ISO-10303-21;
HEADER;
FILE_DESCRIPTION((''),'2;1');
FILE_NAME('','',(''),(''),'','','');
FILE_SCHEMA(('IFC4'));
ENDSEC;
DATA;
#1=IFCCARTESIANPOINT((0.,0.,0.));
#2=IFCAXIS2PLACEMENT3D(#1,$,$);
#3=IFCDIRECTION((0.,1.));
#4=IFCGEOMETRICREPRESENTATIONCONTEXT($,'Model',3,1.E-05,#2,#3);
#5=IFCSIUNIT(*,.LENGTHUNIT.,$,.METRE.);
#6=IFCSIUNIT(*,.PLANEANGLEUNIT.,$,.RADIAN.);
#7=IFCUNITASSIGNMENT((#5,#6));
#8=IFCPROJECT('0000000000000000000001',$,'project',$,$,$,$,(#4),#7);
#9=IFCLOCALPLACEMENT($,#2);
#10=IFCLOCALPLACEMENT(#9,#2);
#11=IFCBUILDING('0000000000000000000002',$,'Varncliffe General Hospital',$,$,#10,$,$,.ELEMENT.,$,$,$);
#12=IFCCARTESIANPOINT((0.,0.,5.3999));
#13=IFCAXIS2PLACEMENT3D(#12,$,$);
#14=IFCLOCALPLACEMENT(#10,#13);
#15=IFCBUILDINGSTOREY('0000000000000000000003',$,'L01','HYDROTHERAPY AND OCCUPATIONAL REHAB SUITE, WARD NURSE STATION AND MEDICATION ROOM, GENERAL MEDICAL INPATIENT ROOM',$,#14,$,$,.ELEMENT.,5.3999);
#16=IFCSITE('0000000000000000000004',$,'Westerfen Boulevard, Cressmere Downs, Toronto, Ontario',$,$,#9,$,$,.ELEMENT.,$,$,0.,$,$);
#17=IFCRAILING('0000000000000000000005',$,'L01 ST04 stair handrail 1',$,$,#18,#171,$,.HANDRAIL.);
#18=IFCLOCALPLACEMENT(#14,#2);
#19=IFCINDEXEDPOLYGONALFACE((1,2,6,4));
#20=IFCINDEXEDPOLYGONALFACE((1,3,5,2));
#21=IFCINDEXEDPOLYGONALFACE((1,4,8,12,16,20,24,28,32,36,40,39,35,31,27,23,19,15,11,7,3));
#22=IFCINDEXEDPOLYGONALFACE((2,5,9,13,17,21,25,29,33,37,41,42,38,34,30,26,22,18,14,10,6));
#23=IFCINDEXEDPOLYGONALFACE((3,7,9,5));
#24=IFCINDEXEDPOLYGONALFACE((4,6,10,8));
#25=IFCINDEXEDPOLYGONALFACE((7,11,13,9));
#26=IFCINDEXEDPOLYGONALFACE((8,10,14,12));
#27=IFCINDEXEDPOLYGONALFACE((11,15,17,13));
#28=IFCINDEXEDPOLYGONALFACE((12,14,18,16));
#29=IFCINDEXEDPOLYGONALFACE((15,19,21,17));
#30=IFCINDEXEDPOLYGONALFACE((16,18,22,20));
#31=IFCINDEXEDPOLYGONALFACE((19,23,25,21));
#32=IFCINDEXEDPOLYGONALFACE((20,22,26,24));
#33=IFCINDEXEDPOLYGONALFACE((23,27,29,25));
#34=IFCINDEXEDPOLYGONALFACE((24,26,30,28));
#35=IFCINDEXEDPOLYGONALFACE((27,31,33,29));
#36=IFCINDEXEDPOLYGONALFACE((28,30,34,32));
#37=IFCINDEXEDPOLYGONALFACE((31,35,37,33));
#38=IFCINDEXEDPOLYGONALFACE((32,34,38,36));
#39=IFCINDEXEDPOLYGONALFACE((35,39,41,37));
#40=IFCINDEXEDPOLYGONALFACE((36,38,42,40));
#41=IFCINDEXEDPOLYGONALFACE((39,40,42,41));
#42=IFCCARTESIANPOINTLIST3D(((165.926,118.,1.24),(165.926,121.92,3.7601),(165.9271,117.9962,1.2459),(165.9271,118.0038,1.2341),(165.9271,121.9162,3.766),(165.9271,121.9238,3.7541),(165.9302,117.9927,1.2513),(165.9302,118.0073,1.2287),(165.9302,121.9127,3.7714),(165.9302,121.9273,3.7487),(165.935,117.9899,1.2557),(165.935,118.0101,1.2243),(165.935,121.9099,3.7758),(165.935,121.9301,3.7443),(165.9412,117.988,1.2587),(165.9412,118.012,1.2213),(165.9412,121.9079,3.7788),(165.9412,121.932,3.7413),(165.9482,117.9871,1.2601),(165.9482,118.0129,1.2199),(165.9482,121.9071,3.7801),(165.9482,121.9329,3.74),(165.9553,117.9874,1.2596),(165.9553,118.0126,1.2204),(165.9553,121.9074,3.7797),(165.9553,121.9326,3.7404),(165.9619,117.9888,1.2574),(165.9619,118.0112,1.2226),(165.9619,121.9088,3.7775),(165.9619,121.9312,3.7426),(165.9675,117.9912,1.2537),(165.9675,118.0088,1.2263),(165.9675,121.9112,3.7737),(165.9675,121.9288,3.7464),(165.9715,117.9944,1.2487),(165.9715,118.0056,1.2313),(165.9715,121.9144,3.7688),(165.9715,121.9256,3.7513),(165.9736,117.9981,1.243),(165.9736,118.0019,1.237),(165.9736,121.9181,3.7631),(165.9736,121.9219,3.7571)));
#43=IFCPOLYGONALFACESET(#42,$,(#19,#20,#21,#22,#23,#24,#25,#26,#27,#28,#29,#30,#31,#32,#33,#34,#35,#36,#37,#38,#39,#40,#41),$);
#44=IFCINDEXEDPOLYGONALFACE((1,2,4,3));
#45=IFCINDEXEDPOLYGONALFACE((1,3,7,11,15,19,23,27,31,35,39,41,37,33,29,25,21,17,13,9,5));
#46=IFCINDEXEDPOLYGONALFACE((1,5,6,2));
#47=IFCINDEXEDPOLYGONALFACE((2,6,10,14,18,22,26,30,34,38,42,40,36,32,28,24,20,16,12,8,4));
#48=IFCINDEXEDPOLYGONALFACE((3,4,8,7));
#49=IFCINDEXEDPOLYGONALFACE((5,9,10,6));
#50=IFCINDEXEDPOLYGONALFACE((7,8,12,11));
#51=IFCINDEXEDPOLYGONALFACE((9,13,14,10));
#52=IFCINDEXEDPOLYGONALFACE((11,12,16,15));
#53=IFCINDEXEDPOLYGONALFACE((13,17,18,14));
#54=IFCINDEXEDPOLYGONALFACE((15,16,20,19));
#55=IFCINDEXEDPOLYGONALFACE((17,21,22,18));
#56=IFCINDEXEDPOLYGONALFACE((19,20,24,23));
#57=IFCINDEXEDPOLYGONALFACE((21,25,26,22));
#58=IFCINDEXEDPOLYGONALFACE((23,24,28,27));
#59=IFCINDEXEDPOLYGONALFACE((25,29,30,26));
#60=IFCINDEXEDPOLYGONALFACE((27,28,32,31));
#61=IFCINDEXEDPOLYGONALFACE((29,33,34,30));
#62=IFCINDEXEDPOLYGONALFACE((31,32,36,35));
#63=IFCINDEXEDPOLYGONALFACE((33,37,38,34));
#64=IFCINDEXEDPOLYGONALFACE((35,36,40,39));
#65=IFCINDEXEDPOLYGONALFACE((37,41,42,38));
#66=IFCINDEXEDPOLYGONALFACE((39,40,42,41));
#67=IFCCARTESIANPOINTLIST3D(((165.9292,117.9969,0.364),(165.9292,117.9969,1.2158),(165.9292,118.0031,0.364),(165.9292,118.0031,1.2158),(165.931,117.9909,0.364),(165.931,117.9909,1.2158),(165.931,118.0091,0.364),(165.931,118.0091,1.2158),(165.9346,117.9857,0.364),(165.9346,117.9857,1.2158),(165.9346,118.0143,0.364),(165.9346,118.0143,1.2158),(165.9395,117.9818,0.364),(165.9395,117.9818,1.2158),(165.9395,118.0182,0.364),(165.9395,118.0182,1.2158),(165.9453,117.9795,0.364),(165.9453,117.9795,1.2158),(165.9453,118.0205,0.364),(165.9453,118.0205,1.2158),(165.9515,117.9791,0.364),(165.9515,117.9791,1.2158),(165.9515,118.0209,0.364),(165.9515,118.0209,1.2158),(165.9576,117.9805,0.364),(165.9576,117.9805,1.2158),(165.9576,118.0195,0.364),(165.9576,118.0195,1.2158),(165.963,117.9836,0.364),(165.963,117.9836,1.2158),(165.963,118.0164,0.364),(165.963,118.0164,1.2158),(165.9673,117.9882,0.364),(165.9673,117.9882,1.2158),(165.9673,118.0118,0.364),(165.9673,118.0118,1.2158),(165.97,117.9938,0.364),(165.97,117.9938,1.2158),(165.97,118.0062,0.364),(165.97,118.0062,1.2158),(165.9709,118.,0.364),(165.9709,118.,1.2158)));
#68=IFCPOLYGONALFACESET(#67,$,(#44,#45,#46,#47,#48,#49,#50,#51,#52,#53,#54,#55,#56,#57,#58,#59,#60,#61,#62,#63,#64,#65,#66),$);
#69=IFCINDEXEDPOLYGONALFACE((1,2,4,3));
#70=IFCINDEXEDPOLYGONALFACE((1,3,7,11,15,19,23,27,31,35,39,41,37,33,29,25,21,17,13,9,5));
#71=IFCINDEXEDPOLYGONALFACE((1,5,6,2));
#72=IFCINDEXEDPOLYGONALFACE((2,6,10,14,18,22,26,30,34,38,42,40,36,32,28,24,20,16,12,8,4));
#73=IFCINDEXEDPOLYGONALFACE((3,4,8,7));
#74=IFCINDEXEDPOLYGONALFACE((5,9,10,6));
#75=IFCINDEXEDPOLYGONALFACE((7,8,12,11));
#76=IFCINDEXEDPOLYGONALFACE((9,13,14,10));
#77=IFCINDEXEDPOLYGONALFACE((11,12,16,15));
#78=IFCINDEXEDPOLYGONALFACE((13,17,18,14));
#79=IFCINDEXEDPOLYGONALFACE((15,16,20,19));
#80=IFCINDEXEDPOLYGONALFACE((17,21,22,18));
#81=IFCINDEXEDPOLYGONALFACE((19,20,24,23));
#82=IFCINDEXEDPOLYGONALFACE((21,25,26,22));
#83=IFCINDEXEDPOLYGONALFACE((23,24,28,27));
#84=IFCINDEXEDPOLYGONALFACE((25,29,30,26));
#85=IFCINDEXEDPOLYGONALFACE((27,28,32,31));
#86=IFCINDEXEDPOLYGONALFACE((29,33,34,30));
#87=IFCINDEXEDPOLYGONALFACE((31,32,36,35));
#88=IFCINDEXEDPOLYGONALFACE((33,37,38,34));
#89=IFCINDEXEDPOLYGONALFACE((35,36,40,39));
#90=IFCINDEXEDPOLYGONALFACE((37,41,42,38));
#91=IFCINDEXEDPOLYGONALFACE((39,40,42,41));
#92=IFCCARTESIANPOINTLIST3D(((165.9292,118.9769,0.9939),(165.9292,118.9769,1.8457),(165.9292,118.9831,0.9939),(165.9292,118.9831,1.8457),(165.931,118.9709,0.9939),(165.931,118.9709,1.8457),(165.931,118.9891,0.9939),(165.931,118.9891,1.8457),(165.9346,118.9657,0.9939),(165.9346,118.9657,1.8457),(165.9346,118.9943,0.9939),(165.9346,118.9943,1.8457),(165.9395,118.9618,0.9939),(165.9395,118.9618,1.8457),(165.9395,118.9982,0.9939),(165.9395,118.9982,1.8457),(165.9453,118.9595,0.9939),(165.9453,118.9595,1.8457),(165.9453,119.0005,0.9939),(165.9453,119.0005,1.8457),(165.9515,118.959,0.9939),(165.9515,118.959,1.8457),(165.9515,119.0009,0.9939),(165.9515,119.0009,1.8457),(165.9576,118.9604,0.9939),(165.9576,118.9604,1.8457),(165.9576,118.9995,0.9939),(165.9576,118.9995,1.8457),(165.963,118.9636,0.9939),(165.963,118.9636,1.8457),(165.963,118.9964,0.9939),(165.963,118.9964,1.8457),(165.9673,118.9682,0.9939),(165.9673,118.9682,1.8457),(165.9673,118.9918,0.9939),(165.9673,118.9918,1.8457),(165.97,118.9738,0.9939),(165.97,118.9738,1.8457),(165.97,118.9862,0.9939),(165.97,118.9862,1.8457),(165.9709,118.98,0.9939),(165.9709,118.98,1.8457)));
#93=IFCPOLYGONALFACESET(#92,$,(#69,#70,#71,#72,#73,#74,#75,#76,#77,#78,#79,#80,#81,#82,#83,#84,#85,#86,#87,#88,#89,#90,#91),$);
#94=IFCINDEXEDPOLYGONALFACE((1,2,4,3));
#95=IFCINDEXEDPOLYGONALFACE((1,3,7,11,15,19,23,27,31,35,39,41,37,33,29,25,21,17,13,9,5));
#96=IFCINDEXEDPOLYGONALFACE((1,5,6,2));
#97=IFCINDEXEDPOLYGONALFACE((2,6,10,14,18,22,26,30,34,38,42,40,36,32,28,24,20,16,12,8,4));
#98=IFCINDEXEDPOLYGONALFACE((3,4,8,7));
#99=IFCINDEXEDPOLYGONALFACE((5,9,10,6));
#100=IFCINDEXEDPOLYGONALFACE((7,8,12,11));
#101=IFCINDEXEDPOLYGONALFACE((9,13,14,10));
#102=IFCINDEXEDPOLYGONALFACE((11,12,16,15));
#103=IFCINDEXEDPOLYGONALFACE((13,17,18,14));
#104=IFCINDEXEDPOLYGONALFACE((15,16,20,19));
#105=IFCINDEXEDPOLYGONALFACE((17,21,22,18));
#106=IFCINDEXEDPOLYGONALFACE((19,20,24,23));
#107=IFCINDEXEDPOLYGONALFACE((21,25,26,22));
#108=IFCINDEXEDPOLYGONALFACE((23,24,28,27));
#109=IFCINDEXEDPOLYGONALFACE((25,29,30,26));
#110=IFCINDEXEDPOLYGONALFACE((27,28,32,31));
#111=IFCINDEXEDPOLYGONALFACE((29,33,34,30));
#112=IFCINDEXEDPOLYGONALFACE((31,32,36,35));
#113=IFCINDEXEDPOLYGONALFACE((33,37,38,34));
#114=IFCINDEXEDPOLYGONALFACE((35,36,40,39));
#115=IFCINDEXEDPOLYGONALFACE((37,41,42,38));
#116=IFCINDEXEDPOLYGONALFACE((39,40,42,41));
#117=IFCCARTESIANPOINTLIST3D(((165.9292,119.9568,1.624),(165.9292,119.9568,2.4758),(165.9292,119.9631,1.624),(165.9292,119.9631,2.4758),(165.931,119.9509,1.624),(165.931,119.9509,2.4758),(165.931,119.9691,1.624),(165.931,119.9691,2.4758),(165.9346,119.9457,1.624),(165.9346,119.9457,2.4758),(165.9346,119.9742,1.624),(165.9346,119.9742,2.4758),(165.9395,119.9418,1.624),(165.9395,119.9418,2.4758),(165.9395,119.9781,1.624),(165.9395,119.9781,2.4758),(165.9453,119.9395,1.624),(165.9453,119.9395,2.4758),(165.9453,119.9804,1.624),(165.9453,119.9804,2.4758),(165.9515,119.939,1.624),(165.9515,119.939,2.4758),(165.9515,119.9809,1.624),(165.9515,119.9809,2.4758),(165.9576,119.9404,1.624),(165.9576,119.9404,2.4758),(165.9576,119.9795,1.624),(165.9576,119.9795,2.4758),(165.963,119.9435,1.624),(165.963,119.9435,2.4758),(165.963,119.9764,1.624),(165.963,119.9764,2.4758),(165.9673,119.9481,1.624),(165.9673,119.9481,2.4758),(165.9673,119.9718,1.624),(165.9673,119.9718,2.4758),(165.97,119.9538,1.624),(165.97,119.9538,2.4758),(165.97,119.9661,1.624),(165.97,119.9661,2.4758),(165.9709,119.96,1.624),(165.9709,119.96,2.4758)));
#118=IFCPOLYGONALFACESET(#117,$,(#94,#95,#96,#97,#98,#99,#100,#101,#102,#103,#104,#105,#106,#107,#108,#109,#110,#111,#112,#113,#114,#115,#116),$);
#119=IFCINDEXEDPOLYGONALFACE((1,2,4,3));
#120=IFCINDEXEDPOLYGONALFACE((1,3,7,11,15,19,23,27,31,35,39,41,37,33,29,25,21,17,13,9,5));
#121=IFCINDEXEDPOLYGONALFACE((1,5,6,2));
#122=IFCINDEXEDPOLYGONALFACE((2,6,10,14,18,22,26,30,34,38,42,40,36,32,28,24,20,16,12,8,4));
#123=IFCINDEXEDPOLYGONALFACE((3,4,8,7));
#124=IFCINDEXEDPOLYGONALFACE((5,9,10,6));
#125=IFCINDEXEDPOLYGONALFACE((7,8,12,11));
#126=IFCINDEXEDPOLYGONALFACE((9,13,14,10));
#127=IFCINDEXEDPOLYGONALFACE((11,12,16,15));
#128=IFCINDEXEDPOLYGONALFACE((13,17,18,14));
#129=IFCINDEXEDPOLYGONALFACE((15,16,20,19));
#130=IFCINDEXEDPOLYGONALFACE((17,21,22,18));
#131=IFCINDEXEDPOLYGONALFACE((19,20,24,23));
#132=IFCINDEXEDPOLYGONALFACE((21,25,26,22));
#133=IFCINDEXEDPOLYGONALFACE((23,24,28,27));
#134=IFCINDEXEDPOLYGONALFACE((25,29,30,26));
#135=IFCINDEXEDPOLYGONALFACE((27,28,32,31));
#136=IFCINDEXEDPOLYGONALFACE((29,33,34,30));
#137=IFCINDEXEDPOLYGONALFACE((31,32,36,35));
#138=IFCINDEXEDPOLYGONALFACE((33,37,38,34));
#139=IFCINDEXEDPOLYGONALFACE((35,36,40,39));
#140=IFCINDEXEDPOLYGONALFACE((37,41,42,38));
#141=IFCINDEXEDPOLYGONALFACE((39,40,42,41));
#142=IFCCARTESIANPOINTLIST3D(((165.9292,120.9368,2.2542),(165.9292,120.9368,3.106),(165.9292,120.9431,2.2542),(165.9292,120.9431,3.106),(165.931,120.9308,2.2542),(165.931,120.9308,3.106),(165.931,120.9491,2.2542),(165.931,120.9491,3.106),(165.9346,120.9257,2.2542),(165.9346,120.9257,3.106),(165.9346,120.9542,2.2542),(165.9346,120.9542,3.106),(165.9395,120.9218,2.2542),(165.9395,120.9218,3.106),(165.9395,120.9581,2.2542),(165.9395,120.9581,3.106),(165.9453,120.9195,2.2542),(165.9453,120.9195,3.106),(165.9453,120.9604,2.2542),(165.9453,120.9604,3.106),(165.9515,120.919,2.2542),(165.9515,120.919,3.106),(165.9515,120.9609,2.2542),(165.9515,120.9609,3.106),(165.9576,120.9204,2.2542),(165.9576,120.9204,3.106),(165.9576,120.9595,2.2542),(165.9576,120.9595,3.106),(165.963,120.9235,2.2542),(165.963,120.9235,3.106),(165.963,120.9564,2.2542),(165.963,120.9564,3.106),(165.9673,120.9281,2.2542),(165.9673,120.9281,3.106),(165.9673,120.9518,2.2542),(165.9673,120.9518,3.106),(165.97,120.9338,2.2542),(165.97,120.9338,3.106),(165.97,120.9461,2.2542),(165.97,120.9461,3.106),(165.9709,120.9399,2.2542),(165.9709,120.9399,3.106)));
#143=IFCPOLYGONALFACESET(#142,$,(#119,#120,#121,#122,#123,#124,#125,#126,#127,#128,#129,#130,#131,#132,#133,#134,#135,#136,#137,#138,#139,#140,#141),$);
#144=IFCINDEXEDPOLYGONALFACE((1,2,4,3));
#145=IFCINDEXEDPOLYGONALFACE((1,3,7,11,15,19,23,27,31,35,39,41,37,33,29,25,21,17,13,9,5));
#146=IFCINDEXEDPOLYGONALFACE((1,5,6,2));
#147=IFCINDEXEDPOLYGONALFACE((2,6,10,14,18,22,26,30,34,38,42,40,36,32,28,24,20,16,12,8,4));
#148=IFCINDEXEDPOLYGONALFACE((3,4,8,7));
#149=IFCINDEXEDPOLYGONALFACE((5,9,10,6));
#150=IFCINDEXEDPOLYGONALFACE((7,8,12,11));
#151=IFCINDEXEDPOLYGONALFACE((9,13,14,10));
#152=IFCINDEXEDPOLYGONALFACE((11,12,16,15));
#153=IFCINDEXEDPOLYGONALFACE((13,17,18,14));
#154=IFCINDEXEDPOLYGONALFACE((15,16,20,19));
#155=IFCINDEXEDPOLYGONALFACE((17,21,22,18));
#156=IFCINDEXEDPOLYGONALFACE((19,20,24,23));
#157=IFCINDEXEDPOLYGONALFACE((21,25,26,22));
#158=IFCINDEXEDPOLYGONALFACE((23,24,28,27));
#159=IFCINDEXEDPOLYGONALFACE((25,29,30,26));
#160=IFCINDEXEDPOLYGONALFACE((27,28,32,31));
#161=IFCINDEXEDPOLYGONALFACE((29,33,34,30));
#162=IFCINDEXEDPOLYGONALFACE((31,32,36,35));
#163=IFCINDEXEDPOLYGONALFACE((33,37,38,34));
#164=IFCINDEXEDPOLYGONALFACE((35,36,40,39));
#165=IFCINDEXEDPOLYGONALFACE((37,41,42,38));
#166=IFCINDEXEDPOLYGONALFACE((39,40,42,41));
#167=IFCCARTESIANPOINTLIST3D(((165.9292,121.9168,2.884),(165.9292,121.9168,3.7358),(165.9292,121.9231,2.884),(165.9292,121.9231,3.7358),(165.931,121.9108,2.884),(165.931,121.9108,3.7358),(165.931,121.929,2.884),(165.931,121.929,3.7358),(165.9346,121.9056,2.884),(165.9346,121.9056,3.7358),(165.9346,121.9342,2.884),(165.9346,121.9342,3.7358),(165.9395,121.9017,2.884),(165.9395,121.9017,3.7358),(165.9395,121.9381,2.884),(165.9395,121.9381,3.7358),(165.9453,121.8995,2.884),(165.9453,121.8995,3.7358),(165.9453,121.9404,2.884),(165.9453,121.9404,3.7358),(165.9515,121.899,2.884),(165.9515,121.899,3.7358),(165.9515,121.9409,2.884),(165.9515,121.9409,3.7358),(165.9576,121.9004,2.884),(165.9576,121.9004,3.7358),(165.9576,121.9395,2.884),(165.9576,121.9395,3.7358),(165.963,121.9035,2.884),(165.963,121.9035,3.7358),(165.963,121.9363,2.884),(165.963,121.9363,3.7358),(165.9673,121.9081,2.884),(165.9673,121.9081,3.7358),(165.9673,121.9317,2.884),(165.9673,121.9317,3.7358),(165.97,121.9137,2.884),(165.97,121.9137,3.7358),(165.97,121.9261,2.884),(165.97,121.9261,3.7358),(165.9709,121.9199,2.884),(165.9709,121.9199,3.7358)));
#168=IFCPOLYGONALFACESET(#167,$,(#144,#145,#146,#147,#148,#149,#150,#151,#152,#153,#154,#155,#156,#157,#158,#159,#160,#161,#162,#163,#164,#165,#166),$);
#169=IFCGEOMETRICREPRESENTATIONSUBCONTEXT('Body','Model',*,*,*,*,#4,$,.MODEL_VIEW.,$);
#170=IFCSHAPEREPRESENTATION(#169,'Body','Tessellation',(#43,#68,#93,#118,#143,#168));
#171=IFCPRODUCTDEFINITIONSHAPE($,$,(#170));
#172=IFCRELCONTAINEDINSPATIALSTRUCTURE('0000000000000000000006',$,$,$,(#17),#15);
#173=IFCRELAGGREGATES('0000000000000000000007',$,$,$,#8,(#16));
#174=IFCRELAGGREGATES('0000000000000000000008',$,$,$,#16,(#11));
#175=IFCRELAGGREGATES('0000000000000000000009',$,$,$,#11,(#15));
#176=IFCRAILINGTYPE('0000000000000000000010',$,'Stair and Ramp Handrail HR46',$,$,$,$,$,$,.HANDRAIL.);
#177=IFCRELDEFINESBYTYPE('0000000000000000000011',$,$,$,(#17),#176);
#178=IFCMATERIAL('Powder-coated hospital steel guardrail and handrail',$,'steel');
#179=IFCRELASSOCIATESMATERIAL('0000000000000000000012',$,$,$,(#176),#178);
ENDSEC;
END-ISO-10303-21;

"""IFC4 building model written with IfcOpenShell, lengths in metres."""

from ifc_helpers import new_model, si_unit, direction, frame, origin, origin_2d, place, context, subcontext, project, spatial, circle, extrude, material, type_object, element, save


model = new_model("IFC4")

# Units and contexts
model_context = context("Model", 3, precision=1e-05, world=origin(), true_north=direction((0.0, 1.0)))
body_context = subcontext(model_context, "Body", "Model", "MODEL_VIEW")
ifc_project = project(units=[si_unit("LENGTHUNIT", "METRE"), si_unit("PLANEANGLEUNIT", "RADIAN")], contexts=[model_context])

# Site, building, storey
site_placement = place(None, origin())
site = spatial("IfcSite", under=ifc_project, at=site_placement, Name="Westerfen Boulevard, Cressmere Downs, Toronto, Ontario", CompositionType="ELEMENT", RefElevation=0.0)
building_placement = place(site_placement, origin())
building = spatial("IfcBuilding", under=site, at=building_placement, Name="Varncliffe General Hospital", CompositionType="ELEMENT")
storey_placement = place(building_placement, frame((0.0, 0.0, 5.3999)))
storey = spatial("IfcBuildingStorey", under=building, at=storey_placement, Name="L01", Description="HYDROTHERAPY AND OCCUPATIONAL REHAB SUITE, WARD NURSE STATION AND MEDICATION ROOM, GENERAL MEDICAL INPATIENT ROOM", CompositionType="ELEMENT", Elevation=5.3999)

# Railing
ifc_material_1 = material(Name="Powder-coated hospital steel guardrail and handrail", Category="steel")
railing_type_1 = type_object("IfcRailingType", Name="Stair and Ramp Handrail HR46", PredefinedType="HANDRAIL", material=ifc_material_1)
railing_1_placement = place(storey_placement, frame((165.95, 118.0, 0.364)))
element("IfcRailing", 1, at=railing_1_placement, inside=storey, type_object=railing_type_1, Name="L01 ST04 stair handrail 1", PredefinedType="HANDRAIL", context=body_context, shape_type="SweptSolid", body=[
    extrude(circle(Radius=0.0239, at=origin_2d()), frame((0.0, 0.0, 0.876), z_axis=(0.0, 0.841172, 0.540768), x_axis=(-1.0, 0.0, 0.0)), (0.0, 0.0, 1.0), 4.6602),
    extrude(circle(Radius=0.021, at=origin_2d()), origin(), (0.0, 0.0, 1.0), 0.8518),
    extrude(circle(Radius=0.021, at=origin_2d()), frame((0.0, 0.98, 0.6299)), (0.0, 0.0, 1.0), 0.8518),
    extrude(circle(Radius=0.021, at=origin_2d()), frame((0.0, 1.96, 1.26)), (0.0, 0.0, 1.0), 0.8518),
    extrude(circle(Radius=0.021, at=origin_2d()), frame((0.0, 2.9399, 1.8901)), (0.0, 0.0, 1.0), 0.8518),
    extrude(circle(Radius=0.021, at=origin_2d()), frame((0.0, 3.9199, 2.52)), (0.0, 0.0, 1.0), 0.8518),
])

save(model, "model.ifc")
